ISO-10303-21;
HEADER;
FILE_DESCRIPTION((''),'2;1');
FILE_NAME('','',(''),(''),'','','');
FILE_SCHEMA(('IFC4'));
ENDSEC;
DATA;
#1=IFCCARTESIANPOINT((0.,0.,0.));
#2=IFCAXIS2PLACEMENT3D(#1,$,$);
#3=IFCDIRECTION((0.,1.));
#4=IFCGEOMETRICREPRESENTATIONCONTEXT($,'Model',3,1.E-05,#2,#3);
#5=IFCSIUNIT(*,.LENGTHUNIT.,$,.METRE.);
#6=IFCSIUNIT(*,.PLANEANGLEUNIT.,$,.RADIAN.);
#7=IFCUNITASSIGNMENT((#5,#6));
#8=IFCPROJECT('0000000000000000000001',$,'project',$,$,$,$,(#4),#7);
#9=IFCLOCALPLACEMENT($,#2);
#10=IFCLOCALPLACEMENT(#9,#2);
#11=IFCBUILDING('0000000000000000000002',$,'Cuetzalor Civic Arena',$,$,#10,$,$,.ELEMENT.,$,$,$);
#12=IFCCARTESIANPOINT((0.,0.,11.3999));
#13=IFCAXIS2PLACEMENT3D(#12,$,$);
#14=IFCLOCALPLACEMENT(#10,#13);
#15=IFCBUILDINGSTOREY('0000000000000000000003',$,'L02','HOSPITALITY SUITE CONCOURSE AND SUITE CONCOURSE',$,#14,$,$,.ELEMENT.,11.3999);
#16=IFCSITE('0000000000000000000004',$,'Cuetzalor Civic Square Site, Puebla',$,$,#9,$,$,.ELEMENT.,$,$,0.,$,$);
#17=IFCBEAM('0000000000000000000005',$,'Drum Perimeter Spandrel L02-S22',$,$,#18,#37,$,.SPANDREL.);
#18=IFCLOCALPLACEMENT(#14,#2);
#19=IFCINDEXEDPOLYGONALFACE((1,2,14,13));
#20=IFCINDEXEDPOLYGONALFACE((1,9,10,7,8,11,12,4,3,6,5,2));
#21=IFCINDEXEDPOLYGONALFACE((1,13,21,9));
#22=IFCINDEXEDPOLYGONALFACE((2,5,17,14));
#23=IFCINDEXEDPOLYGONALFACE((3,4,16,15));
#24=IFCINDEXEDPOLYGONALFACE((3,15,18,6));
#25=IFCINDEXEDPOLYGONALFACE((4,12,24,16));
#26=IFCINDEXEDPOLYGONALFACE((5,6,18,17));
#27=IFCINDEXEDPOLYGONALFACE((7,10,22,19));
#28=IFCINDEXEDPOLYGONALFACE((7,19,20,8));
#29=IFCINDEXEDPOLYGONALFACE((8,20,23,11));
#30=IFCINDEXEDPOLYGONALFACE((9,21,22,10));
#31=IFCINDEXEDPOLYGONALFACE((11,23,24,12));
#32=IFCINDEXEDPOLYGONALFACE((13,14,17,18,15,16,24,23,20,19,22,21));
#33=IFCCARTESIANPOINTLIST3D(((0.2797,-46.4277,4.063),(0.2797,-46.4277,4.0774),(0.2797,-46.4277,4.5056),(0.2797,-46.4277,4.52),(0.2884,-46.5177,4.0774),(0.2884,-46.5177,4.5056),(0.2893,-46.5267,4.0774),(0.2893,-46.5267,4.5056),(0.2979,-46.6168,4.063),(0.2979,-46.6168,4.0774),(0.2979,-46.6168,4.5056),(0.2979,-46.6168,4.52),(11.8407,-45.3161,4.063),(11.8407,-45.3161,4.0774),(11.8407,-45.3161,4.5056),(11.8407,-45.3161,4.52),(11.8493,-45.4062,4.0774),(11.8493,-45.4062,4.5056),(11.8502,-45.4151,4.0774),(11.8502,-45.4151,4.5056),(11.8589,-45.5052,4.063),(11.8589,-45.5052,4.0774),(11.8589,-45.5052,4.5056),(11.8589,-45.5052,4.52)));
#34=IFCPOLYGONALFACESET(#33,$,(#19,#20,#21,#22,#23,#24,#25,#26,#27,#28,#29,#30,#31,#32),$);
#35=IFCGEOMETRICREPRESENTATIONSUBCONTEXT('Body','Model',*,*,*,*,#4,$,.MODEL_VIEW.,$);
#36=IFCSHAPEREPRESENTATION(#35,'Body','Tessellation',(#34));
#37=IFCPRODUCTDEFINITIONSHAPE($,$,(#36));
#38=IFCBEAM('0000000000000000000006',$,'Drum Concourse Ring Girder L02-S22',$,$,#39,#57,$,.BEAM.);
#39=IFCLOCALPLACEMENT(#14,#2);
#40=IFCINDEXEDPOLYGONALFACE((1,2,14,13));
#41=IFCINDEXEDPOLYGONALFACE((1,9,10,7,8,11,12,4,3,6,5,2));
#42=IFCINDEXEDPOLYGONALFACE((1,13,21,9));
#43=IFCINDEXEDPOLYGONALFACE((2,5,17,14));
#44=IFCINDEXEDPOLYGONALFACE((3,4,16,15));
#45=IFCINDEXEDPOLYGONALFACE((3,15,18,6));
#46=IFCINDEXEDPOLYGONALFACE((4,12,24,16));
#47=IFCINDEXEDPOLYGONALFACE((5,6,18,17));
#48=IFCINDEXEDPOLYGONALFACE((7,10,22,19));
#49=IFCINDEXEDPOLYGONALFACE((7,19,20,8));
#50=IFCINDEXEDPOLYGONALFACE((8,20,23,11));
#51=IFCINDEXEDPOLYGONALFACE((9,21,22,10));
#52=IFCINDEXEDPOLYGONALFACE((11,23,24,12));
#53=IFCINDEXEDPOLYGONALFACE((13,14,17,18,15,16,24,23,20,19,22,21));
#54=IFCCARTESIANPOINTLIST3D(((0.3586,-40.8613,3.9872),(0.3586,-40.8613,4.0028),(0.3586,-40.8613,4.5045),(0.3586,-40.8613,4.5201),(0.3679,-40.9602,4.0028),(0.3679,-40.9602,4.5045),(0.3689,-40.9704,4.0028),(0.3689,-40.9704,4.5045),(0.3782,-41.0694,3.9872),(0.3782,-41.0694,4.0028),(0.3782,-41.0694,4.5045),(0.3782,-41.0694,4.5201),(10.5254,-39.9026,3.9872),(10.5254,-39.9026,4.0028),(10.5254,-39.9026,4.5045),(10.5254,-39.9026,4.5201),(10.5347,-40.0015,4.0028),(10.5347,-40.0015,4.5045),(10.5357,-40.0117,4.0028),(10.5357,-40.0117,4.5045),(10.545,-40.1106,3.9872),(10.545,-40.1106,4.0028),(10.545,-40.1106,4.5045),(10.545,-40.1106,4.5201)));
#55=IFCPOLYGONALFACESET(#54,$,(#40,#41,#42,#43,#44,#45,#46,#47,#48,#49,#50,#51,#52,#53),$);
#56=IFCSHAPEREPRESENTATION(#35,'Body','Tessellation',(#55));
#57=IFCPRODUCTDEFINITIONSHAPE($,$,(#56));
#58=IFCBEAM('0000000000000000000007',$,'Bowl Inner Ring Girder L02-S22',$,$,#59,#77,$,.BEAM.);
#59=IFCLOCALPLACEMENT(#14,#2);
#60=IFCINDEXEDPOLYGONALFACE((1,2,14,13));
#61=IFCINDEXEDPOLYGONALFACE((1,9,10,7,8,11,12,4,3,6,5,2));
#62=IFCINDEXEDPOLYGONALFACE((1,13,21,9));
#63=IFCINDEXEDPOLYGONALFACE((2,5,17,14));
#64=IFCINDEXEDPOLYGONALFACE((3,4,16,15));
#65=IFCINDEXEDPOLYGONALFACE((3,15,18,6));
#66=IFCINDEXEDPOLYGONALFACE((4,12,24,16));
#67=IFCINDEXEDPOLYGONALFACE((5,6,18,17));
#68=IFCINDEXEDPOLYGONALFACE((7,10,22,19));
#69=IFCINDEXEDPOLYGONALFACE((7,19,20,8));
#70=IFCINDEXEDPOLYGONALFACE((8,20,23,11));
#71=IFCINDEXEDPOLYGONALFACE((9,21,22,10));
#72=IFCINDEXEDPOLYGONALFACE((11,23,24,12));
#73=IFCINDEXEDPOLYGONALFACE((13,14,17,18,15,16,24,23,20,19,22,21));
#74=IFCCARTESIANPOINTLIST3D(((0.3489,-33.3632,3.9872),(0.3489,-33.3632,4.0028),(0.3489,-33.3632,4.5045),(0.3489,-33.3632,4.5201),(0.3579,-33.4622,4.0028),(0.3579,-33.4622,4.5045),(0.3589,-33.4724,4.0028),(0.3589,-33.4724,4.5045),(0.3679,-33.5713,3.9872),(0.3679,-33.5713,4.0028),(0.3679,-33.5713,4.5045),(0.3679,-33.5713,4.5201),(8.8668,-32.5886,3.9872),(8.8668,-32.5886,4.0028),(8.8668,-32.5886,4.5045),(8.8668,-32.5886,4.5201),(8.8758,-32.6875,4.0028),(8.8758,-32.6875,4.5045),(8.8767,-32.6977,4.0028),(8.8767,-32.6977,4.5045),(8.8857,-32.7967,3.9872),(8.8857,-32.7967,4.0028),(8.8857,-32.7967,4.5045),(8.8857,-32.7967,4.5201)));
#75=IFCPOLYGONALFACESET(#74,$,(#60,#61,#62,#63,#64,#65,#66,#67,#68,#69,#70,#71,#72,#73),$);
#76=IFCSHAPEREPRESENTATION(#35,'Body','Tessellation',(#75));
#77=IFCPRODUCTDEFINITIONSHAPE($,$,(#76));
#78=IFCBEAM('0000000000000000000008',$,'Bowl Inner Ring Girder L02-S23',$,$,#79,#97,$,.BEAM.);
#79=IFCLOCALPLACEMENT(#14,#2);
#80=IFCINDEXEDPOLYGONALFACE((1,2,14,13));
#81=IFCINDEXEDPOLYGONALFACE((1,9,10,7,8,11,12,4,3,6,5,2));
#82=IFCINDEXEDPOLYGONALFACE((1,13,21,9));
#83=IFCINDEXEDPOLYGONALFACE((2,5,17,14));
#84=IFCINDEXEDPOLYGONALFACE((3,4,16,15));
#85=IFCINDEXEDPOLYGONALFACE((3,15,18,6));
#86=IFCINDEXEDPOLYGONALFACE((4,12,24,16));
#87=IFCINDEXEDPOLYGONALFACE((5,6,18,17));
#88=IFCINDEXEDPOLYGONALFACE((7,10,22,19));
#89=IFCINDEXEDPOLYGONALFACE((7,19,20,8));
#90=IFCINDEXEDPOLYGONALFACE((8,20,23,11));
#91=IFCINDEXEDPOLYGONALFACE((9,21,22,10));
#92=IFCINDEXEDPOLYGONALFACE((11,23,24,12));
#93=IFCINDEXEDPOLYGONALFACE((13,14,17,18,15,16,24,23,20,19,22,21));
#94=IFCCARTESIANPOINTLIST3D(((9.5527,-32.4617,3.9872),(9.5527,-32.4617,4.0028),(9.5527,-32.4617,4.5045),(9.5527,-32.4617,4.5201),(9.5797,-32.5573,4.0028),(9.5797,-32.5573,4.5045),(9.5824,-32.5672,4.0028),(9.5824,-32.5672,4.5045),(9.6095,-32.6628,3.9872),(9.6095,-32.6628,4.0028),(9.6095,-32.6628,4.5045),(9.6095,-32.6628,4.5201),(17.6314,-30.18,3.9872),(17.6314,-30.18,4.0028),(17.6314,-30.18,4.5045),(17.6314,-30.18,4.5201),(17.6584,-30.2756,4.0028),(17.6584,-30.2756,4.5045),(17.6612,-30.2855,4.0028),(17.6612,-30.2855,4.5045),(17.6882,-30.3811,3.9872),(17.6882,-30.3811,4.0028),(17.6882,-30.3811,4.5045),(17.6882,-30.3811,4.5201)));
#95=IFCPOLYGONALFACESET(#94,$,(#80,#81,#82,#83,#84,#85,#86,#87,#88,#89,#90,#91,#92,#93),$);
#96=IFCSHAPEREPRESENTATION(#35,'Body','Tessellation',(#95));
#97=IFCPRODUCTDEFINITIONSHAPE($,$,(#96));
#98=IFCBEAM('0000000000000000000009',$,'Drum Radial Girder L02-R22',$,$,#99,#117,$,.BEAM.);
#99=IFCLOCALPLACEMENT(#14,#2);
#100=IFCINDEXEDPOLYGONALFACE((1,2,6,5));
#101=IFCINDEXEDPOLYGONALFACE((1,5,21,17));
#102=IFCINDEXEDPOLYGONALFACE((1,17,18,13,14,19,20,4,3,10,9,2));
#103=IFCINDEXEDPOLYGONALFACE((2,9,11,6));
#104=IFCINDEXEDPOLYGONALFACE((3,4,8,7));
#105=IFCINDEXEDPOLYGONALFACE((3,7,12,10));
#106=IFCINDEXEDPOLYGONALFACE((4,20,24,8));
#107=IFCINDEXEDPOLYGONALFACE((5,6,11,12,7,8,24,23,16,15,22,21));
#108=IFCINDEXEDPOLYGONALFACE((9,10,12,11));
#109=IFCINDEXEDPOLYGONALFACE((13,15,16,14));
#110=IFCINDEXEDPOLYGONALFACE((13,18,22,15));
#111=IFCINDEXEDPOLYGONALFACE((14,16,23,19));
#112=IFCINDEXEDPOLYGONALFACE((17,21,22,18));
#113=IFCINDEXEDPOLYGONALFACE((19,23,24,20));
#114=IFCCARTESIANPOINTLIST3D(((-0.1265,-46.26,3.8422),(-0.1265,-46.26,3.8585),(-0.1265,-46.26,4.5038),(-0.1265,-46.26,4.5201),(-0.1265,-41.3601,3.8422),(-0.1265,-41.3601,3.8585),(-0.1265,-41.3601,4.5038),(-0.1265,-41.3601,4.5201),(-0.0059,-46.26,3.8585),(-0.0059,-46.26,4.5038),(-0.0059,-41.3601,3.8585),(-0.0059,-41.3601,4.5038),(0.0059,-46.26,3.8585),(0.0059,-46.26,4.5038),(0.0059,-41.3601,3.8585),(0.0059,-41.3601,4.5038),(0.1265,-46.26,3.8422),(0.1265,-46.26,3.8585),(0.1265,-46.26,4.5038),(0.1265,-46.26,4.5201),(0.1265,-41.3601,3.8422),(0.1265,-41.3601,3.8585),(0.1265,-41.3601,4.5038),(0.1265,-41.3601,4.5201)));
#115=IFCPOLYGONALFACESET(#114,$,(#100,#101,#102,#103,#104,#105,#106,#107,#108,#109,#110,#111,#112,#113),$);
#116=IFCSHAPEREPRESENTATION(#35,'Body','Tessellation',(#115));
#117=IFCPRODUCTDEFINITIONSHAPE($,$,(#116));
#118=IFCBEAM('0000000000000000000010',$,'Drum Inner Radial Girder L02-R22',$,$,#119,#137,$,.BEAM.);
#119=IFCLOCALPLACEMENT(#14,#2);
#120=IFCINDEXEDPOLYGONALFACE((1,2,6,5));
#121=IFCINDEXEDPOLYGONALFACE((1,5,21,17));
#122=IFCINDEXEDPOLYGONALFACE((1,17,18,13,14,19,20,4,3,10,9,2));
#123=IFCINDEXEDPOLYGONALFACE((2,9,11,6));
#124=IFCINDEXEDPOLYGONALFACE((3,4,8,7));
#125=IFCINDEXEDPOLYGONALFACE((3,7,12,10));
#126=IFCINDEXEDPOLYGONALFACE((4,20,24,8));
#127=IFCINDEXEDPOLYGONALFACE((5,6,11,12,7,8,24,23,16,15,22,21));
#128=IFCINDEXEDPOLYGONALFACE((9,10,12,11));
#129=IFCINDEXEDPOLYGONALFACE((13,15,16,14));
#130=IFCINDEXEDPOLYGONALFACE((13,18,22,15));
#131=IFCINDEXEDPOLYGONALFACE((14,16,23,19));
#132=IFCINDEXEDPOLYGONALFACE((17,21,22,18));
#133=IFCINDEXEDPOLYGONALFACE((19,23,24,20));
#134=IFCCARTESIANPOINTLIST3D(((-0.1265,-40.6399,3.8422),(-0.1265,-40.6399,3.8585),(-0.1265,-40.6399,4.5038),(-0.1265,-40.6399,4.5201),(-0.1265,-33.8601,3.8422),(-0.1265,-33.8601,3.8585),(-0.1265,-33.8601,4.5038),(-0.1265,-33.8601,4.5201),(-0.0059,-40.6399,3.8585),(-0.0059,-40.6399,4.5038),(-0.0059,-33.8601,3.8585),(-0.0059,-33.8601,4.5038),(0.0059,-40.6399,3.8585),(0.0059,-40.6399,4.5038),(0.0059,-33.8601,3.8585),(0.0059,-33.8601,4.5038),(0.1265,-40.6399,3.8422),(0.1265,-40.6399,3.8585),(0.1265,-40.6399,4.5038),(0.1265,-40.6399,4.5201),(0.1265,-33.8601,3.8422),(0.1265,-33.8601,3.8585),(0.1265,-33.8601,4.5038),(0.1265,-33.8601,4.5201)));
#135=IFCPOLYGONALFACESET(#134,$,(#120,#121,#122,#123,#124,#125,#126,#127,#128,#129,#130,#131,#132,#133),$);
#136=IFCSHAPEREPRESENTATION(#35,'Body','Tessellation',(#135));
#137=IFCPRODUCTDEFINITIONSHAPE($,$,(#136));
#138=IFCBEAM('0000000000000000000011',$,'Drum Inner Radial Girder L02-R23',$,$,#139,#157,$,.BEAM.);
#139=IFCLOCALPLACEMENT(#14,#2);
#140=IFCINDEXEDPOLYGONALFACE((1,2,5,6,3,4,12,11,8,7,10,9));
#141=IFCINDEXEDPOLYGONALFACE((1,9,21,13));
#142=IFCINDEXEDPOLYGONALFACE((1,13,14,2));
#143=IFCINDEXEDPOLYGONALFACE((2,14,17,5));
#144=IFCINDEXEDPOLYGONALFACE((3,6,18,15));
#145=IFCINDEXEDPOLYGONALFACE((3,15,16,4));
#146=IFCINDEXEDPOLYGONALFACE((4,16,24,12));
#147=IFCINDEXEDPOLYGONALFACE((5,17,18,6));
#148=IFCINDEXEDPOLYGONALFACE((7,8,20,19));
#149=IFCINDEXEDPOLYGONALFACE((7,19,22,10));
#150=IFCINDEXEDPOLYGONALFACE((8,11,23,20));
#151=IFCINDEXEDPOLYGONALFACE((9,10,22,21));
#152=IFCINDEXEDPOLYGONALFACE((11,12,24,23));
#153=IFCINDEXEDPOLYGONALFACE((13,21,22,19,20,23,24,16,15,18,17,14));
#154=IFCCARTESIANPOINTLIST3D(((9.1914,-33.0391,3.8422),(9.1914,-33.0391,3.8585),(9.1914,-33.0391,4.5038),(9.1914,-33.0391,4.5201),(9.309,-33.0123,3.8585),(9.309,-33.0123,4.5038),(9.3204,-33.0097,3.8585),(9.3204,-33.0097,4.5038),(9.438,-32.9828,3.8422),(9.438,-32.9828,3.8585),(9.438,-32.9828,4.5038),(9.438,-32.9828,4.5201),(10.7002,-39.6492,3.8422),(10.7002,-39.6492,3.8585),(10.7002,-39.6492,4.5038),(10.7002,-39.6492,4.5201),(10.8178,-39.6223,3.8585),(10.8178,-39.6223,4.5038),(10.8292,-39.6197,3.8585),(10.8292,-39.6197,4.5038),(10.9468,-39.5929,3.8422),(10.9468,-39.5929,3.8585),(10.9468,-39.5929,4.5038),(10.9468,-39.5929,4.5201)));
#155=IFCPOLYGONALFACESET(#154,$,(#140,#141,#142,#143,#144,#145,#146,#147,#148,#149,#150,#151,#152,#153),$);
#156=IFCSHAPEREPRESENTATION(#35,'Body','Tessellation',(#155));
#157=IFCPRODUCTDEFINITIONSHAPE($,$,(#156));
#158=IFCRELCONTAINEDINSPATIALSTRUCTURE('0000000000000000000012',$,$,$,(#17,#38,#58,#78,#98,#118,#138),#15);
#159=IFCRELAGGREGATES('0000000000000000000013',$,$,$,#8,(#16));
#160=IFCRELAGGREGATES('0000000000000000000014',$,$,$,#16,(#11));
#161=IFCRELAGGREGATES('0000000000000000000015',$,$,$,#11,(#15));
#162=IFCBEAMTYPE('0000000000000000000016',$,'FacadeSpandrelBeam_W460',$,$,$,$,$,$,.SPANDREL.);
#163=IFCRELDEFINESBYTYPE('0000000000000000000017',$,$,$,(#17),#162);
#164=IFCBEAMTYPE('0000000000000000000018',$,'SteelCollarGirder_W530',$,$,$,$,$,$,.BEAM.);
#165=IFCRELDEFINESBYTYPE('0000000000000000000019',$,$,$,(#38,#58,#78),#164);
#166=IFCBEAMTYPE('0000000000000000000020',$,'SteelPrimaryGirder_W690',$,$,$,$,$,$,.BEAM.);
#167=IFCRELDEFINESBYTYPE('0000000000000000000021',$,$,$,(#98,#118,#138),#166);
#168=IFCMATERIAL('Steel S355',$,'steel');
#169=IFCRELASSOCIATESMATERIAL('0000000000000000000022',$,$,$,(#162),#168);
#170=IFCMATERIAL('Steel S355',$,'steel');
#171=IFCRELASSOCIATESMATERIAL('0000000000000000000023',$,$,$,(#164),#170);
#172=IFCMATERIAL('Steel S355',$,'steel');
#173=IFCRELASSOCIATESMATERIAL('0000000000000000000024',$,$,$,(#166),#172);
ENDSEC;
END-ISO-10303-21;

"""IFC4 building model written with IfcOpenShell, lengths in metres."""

from ifc_helpers import new_model, si_unit, direction, frame, origin, origin_2d, place, context, subcontext, project, spatial, i_section, extrude, material, material_profile, profile_set, type_object, element, save


model = new_model("IFC4")

# Units and contexts
model_context = context("Model", 3, precision=1e-05, world=origin(), true_north=direction((0.0, 1.0)))
body_context = subcontext(model_context, "Body", "Model", "MODEL_VIEW")
ifc_project = project(units=[si_unit("LENGTHUNIT", "METRE"), si_unit("PLANEANGLEUNIT", "RADIAN")], contexts=[model_context])

# Site, building, storey
site_placement = place(None, origin())
site = spatial("IfcSite", under=ifc_project, at=site_placement, Name="Cuetzalor Civic Square Site, Puebla", CompositionType="ELEMENT", RefElevation=0.0)
building_placement = place(site_placement, origin())
building = spatial("IfcBuilding", under=site, at=building_placement, Name="Cuetzalor Civic Arena", CompositionType="ELEMENT")
storey_placement = place(building_placement, frame((0.0, 0.0, 11.3999)))
storey = spatial("IfcBuildingStorey", under=building, at=storey_placement, Name="L02", Description="HOSPITALITY SUITE CONCOURSE AND SUITE CONCOURSE", CompositionType="ELEMENT", Elevation=11.3999)

# Beams
ifc_material_1 = material(Name="Steel S355", Category="steel")
ifc_material_profile_1 = material_profile(ifc_material_1, i_section(OverallWidth=0.1899, OverallDepth=0.457, WebThickness=0.009, FlangeThickness=0.0144, at=origin_2d()), Name="W460x74")
ifc_profile_set_1 = profile_set([ifc_material_profile_1], Name="Steel S355")
beam_type_1 = type_object("IfcBeamType", Name="FacadeSpandrelBeam_W460", PredefinedType="SPANDREL", material=ifc_profile_set_1)
beam_1_placement = place(storey_placement, frame((0.2888, -46.5222, 4.2915), z_axis=(0.99541, 0.095707, 0.0), x_axis=(-0.095707, 0.99541, 0.0)))
element("IfcBeam", 1, at=beam_1_placement, inside=storey, type_object=beam_type_1, Name="Drum Perimeter Spandrel L02-S22", PredefinedType="SPANDREL", context=body_context, shape_type="SweptSolid", body=[
    extrude(i_section(OverallWidth=0.1899, OverallDepth=0.457, WebThickness=0.009, FlangeThickness=0.0144, at=origin_2d()), origin(), (0.0, 0.0, 1.0), 11.6143),
])
ifc_material_2 = material(Name="Steel S355", Category="steel")
ifc_material_profile_2 = material_profile(ifc_material_2, i_section(OverallWidth=0.209, OverallDepth=0.533, WebThickness=0.0103, FlangeThickness=0.0156, at=origin_2d()), Name="W530x92")
ifc_profile_set_2 = profile_set([ifc_material_profile_2], Name="Steel S355")
beam_type_2 = type_object("IfcBeamType", Name="SteelCollarGirder_W530", PredefinedType="BEAM", material=ifc_profile_set_2)
beam_2_placement = place(storey_placement, frame((0.3684, -40.9653, 4.2537), z_axis=(0.995583, 0.093885, 0.0), x_axis=(-0.093885, 0.995583, 0.0)))
element("IfcBeam", 2, at=beam_2_placement, inside=storey, type_object=beam_type_2, Name="Drum Concourse Ring Girder L02-S22", PredefinedType="BEAM", context=body_context, shape_type="SweptSolid", body=[
    extrude(i_section(OverallWidth=0.209, OverallDepth=0.533, WebThickness=0.0103, FlangeThickness=0.0156, at=origin_2d()), origin(), (0.0, 0.0, 1.0), 10.2119),
])
beam_3_placement = place(storey_placement, frame((0.3584, -33.4673, 4.2537), z_axis=(0.99589, 0.090572, 0.0), x_axis=(-0.090572, 0.99589, 0.0)))
element("IfcBeam", 3, at=beam_3_placement, inside=storey, type_object=beam_type_2, Name="Bowl Inner Ring Girder L02-S22", PredefinedType="BEAM", context=body_context, shape_type="SweptSolid", body=[
    extrude(i_section(OverallWidth=0.209, OverallDepth=0.533, WebThickness=0.0103, FlangeThickness=0.0156, at=origin_2d()), origin(), (0.0, 0.0, 1.0), 8.553),
])
beam_4_placement = place(storey_placement, frame((9.5811, -32.5623, 4.2537), z_axis=(0.962354, 0.271801, 0.0), x_axis=(-0.271801, 0.962354, 0.0)))
element("IfcBeam", 4, at=beam_4_placement, inside=storey, type_object=beam_type_2, Name="Bowl Inner Ring Girder L02-S23", PredefinedType="BEAM", context=body_context, shape_type="SweptSolid", body=[
    extrude(i_section(OverallWidth=0.209, OverallDepth=0.533, WebThickness=0.0103, FlangeThickness=0.0156, at=origin_2d()), origin(), (0.0, 0.0, 1.0), 8.3948),
])
ifc_material_3 = material(Name="Steel S355", Category="steel")
ifc_material_profile_3 = material_profile(ifc_material_3, i_section(OverallWidth=0.2529, OverallDepth=0.678, WebThickness=0.0117, FlangeThickness=0.0164, at=origin_2d()), Name="W690x125")
ifc_profile_set_3 = profile_set([ifc_material_profile_3], Name="Steel S355")
beam_type_3 = type_object("IfcBeamType", Name="SteelPrimaryGirder_W690", PredefinedType="BEAM", material=ifc_profile_set_3)
beam_5_placement = place(storey_placement, frame((0.0, -41.3601, 4.1812), z_axis=(0.0, -1.0, 0.0), x_axis=(1.0, 0.0, 0.0)))
element("IfcBeam", 5, at=beam_5_placement, inside=storey, type_object=beam_type_3, Name="Drum Radial Girder L02-R22", PredefinedType="BEAM", context=body_context, shape_type="SweptSolid", body=[
    extrude(i_section(OverallWidth=0.2529, OverallDepth=0.678, WebThickness=0.0117, FlangeThickness=0.0164, at=origin_2d()), origin(), (0.0, 0.0, 1.0), 4.8999),
])
beam_6_placement = place(storey_placement, frame((0.0, -33.8601, 4.1812), z_axis=(0.0, -1.0, 0.0), x_axis=(1.0, 0.0, 0.0)))
element("IfcBeam", 6, at=beam_6_placement, inside=storey, type_object=beam_type_3, Name="Drum Inner Radial Girder L02-R22", PredefinedType="BEAM", context=body_context, shape_type="SweptSolid", body=[
    extrude(i_section(OverallWidth=0.2529, OverallDepth=0.678, WebThickness=0.0117, FlangeThickness=0.0164, at=origin_2d()), origin(), (0.0, 0.0, 1.0), 6.7798),
])
beam_7_placement = place(storey_placement, frame((9.3147, -33.011, 4.1812), z_axis=(0.222531, -0.974926, 0.0), x_axis=(0.974926, 0.222531, 0.0)))
element("IfcBeam", 7, at=beam_7_placement, inside=storey, type_object=beam_type_3, Name="Drum Inner Radial Girder L02-R23", PredefinedType="BEAM", context=body_context, shape_type="SweptSolid", body=[
    extrude(i_section(OverallWidth=0.2529, OverallDepth=0.678, WebThickness=0.0117, FlangeThickness=0.0164, at=origin_2d()), origin(), (0.0, 0.0, 1.0), 6.78),
])

save(model, "model.ifc")
